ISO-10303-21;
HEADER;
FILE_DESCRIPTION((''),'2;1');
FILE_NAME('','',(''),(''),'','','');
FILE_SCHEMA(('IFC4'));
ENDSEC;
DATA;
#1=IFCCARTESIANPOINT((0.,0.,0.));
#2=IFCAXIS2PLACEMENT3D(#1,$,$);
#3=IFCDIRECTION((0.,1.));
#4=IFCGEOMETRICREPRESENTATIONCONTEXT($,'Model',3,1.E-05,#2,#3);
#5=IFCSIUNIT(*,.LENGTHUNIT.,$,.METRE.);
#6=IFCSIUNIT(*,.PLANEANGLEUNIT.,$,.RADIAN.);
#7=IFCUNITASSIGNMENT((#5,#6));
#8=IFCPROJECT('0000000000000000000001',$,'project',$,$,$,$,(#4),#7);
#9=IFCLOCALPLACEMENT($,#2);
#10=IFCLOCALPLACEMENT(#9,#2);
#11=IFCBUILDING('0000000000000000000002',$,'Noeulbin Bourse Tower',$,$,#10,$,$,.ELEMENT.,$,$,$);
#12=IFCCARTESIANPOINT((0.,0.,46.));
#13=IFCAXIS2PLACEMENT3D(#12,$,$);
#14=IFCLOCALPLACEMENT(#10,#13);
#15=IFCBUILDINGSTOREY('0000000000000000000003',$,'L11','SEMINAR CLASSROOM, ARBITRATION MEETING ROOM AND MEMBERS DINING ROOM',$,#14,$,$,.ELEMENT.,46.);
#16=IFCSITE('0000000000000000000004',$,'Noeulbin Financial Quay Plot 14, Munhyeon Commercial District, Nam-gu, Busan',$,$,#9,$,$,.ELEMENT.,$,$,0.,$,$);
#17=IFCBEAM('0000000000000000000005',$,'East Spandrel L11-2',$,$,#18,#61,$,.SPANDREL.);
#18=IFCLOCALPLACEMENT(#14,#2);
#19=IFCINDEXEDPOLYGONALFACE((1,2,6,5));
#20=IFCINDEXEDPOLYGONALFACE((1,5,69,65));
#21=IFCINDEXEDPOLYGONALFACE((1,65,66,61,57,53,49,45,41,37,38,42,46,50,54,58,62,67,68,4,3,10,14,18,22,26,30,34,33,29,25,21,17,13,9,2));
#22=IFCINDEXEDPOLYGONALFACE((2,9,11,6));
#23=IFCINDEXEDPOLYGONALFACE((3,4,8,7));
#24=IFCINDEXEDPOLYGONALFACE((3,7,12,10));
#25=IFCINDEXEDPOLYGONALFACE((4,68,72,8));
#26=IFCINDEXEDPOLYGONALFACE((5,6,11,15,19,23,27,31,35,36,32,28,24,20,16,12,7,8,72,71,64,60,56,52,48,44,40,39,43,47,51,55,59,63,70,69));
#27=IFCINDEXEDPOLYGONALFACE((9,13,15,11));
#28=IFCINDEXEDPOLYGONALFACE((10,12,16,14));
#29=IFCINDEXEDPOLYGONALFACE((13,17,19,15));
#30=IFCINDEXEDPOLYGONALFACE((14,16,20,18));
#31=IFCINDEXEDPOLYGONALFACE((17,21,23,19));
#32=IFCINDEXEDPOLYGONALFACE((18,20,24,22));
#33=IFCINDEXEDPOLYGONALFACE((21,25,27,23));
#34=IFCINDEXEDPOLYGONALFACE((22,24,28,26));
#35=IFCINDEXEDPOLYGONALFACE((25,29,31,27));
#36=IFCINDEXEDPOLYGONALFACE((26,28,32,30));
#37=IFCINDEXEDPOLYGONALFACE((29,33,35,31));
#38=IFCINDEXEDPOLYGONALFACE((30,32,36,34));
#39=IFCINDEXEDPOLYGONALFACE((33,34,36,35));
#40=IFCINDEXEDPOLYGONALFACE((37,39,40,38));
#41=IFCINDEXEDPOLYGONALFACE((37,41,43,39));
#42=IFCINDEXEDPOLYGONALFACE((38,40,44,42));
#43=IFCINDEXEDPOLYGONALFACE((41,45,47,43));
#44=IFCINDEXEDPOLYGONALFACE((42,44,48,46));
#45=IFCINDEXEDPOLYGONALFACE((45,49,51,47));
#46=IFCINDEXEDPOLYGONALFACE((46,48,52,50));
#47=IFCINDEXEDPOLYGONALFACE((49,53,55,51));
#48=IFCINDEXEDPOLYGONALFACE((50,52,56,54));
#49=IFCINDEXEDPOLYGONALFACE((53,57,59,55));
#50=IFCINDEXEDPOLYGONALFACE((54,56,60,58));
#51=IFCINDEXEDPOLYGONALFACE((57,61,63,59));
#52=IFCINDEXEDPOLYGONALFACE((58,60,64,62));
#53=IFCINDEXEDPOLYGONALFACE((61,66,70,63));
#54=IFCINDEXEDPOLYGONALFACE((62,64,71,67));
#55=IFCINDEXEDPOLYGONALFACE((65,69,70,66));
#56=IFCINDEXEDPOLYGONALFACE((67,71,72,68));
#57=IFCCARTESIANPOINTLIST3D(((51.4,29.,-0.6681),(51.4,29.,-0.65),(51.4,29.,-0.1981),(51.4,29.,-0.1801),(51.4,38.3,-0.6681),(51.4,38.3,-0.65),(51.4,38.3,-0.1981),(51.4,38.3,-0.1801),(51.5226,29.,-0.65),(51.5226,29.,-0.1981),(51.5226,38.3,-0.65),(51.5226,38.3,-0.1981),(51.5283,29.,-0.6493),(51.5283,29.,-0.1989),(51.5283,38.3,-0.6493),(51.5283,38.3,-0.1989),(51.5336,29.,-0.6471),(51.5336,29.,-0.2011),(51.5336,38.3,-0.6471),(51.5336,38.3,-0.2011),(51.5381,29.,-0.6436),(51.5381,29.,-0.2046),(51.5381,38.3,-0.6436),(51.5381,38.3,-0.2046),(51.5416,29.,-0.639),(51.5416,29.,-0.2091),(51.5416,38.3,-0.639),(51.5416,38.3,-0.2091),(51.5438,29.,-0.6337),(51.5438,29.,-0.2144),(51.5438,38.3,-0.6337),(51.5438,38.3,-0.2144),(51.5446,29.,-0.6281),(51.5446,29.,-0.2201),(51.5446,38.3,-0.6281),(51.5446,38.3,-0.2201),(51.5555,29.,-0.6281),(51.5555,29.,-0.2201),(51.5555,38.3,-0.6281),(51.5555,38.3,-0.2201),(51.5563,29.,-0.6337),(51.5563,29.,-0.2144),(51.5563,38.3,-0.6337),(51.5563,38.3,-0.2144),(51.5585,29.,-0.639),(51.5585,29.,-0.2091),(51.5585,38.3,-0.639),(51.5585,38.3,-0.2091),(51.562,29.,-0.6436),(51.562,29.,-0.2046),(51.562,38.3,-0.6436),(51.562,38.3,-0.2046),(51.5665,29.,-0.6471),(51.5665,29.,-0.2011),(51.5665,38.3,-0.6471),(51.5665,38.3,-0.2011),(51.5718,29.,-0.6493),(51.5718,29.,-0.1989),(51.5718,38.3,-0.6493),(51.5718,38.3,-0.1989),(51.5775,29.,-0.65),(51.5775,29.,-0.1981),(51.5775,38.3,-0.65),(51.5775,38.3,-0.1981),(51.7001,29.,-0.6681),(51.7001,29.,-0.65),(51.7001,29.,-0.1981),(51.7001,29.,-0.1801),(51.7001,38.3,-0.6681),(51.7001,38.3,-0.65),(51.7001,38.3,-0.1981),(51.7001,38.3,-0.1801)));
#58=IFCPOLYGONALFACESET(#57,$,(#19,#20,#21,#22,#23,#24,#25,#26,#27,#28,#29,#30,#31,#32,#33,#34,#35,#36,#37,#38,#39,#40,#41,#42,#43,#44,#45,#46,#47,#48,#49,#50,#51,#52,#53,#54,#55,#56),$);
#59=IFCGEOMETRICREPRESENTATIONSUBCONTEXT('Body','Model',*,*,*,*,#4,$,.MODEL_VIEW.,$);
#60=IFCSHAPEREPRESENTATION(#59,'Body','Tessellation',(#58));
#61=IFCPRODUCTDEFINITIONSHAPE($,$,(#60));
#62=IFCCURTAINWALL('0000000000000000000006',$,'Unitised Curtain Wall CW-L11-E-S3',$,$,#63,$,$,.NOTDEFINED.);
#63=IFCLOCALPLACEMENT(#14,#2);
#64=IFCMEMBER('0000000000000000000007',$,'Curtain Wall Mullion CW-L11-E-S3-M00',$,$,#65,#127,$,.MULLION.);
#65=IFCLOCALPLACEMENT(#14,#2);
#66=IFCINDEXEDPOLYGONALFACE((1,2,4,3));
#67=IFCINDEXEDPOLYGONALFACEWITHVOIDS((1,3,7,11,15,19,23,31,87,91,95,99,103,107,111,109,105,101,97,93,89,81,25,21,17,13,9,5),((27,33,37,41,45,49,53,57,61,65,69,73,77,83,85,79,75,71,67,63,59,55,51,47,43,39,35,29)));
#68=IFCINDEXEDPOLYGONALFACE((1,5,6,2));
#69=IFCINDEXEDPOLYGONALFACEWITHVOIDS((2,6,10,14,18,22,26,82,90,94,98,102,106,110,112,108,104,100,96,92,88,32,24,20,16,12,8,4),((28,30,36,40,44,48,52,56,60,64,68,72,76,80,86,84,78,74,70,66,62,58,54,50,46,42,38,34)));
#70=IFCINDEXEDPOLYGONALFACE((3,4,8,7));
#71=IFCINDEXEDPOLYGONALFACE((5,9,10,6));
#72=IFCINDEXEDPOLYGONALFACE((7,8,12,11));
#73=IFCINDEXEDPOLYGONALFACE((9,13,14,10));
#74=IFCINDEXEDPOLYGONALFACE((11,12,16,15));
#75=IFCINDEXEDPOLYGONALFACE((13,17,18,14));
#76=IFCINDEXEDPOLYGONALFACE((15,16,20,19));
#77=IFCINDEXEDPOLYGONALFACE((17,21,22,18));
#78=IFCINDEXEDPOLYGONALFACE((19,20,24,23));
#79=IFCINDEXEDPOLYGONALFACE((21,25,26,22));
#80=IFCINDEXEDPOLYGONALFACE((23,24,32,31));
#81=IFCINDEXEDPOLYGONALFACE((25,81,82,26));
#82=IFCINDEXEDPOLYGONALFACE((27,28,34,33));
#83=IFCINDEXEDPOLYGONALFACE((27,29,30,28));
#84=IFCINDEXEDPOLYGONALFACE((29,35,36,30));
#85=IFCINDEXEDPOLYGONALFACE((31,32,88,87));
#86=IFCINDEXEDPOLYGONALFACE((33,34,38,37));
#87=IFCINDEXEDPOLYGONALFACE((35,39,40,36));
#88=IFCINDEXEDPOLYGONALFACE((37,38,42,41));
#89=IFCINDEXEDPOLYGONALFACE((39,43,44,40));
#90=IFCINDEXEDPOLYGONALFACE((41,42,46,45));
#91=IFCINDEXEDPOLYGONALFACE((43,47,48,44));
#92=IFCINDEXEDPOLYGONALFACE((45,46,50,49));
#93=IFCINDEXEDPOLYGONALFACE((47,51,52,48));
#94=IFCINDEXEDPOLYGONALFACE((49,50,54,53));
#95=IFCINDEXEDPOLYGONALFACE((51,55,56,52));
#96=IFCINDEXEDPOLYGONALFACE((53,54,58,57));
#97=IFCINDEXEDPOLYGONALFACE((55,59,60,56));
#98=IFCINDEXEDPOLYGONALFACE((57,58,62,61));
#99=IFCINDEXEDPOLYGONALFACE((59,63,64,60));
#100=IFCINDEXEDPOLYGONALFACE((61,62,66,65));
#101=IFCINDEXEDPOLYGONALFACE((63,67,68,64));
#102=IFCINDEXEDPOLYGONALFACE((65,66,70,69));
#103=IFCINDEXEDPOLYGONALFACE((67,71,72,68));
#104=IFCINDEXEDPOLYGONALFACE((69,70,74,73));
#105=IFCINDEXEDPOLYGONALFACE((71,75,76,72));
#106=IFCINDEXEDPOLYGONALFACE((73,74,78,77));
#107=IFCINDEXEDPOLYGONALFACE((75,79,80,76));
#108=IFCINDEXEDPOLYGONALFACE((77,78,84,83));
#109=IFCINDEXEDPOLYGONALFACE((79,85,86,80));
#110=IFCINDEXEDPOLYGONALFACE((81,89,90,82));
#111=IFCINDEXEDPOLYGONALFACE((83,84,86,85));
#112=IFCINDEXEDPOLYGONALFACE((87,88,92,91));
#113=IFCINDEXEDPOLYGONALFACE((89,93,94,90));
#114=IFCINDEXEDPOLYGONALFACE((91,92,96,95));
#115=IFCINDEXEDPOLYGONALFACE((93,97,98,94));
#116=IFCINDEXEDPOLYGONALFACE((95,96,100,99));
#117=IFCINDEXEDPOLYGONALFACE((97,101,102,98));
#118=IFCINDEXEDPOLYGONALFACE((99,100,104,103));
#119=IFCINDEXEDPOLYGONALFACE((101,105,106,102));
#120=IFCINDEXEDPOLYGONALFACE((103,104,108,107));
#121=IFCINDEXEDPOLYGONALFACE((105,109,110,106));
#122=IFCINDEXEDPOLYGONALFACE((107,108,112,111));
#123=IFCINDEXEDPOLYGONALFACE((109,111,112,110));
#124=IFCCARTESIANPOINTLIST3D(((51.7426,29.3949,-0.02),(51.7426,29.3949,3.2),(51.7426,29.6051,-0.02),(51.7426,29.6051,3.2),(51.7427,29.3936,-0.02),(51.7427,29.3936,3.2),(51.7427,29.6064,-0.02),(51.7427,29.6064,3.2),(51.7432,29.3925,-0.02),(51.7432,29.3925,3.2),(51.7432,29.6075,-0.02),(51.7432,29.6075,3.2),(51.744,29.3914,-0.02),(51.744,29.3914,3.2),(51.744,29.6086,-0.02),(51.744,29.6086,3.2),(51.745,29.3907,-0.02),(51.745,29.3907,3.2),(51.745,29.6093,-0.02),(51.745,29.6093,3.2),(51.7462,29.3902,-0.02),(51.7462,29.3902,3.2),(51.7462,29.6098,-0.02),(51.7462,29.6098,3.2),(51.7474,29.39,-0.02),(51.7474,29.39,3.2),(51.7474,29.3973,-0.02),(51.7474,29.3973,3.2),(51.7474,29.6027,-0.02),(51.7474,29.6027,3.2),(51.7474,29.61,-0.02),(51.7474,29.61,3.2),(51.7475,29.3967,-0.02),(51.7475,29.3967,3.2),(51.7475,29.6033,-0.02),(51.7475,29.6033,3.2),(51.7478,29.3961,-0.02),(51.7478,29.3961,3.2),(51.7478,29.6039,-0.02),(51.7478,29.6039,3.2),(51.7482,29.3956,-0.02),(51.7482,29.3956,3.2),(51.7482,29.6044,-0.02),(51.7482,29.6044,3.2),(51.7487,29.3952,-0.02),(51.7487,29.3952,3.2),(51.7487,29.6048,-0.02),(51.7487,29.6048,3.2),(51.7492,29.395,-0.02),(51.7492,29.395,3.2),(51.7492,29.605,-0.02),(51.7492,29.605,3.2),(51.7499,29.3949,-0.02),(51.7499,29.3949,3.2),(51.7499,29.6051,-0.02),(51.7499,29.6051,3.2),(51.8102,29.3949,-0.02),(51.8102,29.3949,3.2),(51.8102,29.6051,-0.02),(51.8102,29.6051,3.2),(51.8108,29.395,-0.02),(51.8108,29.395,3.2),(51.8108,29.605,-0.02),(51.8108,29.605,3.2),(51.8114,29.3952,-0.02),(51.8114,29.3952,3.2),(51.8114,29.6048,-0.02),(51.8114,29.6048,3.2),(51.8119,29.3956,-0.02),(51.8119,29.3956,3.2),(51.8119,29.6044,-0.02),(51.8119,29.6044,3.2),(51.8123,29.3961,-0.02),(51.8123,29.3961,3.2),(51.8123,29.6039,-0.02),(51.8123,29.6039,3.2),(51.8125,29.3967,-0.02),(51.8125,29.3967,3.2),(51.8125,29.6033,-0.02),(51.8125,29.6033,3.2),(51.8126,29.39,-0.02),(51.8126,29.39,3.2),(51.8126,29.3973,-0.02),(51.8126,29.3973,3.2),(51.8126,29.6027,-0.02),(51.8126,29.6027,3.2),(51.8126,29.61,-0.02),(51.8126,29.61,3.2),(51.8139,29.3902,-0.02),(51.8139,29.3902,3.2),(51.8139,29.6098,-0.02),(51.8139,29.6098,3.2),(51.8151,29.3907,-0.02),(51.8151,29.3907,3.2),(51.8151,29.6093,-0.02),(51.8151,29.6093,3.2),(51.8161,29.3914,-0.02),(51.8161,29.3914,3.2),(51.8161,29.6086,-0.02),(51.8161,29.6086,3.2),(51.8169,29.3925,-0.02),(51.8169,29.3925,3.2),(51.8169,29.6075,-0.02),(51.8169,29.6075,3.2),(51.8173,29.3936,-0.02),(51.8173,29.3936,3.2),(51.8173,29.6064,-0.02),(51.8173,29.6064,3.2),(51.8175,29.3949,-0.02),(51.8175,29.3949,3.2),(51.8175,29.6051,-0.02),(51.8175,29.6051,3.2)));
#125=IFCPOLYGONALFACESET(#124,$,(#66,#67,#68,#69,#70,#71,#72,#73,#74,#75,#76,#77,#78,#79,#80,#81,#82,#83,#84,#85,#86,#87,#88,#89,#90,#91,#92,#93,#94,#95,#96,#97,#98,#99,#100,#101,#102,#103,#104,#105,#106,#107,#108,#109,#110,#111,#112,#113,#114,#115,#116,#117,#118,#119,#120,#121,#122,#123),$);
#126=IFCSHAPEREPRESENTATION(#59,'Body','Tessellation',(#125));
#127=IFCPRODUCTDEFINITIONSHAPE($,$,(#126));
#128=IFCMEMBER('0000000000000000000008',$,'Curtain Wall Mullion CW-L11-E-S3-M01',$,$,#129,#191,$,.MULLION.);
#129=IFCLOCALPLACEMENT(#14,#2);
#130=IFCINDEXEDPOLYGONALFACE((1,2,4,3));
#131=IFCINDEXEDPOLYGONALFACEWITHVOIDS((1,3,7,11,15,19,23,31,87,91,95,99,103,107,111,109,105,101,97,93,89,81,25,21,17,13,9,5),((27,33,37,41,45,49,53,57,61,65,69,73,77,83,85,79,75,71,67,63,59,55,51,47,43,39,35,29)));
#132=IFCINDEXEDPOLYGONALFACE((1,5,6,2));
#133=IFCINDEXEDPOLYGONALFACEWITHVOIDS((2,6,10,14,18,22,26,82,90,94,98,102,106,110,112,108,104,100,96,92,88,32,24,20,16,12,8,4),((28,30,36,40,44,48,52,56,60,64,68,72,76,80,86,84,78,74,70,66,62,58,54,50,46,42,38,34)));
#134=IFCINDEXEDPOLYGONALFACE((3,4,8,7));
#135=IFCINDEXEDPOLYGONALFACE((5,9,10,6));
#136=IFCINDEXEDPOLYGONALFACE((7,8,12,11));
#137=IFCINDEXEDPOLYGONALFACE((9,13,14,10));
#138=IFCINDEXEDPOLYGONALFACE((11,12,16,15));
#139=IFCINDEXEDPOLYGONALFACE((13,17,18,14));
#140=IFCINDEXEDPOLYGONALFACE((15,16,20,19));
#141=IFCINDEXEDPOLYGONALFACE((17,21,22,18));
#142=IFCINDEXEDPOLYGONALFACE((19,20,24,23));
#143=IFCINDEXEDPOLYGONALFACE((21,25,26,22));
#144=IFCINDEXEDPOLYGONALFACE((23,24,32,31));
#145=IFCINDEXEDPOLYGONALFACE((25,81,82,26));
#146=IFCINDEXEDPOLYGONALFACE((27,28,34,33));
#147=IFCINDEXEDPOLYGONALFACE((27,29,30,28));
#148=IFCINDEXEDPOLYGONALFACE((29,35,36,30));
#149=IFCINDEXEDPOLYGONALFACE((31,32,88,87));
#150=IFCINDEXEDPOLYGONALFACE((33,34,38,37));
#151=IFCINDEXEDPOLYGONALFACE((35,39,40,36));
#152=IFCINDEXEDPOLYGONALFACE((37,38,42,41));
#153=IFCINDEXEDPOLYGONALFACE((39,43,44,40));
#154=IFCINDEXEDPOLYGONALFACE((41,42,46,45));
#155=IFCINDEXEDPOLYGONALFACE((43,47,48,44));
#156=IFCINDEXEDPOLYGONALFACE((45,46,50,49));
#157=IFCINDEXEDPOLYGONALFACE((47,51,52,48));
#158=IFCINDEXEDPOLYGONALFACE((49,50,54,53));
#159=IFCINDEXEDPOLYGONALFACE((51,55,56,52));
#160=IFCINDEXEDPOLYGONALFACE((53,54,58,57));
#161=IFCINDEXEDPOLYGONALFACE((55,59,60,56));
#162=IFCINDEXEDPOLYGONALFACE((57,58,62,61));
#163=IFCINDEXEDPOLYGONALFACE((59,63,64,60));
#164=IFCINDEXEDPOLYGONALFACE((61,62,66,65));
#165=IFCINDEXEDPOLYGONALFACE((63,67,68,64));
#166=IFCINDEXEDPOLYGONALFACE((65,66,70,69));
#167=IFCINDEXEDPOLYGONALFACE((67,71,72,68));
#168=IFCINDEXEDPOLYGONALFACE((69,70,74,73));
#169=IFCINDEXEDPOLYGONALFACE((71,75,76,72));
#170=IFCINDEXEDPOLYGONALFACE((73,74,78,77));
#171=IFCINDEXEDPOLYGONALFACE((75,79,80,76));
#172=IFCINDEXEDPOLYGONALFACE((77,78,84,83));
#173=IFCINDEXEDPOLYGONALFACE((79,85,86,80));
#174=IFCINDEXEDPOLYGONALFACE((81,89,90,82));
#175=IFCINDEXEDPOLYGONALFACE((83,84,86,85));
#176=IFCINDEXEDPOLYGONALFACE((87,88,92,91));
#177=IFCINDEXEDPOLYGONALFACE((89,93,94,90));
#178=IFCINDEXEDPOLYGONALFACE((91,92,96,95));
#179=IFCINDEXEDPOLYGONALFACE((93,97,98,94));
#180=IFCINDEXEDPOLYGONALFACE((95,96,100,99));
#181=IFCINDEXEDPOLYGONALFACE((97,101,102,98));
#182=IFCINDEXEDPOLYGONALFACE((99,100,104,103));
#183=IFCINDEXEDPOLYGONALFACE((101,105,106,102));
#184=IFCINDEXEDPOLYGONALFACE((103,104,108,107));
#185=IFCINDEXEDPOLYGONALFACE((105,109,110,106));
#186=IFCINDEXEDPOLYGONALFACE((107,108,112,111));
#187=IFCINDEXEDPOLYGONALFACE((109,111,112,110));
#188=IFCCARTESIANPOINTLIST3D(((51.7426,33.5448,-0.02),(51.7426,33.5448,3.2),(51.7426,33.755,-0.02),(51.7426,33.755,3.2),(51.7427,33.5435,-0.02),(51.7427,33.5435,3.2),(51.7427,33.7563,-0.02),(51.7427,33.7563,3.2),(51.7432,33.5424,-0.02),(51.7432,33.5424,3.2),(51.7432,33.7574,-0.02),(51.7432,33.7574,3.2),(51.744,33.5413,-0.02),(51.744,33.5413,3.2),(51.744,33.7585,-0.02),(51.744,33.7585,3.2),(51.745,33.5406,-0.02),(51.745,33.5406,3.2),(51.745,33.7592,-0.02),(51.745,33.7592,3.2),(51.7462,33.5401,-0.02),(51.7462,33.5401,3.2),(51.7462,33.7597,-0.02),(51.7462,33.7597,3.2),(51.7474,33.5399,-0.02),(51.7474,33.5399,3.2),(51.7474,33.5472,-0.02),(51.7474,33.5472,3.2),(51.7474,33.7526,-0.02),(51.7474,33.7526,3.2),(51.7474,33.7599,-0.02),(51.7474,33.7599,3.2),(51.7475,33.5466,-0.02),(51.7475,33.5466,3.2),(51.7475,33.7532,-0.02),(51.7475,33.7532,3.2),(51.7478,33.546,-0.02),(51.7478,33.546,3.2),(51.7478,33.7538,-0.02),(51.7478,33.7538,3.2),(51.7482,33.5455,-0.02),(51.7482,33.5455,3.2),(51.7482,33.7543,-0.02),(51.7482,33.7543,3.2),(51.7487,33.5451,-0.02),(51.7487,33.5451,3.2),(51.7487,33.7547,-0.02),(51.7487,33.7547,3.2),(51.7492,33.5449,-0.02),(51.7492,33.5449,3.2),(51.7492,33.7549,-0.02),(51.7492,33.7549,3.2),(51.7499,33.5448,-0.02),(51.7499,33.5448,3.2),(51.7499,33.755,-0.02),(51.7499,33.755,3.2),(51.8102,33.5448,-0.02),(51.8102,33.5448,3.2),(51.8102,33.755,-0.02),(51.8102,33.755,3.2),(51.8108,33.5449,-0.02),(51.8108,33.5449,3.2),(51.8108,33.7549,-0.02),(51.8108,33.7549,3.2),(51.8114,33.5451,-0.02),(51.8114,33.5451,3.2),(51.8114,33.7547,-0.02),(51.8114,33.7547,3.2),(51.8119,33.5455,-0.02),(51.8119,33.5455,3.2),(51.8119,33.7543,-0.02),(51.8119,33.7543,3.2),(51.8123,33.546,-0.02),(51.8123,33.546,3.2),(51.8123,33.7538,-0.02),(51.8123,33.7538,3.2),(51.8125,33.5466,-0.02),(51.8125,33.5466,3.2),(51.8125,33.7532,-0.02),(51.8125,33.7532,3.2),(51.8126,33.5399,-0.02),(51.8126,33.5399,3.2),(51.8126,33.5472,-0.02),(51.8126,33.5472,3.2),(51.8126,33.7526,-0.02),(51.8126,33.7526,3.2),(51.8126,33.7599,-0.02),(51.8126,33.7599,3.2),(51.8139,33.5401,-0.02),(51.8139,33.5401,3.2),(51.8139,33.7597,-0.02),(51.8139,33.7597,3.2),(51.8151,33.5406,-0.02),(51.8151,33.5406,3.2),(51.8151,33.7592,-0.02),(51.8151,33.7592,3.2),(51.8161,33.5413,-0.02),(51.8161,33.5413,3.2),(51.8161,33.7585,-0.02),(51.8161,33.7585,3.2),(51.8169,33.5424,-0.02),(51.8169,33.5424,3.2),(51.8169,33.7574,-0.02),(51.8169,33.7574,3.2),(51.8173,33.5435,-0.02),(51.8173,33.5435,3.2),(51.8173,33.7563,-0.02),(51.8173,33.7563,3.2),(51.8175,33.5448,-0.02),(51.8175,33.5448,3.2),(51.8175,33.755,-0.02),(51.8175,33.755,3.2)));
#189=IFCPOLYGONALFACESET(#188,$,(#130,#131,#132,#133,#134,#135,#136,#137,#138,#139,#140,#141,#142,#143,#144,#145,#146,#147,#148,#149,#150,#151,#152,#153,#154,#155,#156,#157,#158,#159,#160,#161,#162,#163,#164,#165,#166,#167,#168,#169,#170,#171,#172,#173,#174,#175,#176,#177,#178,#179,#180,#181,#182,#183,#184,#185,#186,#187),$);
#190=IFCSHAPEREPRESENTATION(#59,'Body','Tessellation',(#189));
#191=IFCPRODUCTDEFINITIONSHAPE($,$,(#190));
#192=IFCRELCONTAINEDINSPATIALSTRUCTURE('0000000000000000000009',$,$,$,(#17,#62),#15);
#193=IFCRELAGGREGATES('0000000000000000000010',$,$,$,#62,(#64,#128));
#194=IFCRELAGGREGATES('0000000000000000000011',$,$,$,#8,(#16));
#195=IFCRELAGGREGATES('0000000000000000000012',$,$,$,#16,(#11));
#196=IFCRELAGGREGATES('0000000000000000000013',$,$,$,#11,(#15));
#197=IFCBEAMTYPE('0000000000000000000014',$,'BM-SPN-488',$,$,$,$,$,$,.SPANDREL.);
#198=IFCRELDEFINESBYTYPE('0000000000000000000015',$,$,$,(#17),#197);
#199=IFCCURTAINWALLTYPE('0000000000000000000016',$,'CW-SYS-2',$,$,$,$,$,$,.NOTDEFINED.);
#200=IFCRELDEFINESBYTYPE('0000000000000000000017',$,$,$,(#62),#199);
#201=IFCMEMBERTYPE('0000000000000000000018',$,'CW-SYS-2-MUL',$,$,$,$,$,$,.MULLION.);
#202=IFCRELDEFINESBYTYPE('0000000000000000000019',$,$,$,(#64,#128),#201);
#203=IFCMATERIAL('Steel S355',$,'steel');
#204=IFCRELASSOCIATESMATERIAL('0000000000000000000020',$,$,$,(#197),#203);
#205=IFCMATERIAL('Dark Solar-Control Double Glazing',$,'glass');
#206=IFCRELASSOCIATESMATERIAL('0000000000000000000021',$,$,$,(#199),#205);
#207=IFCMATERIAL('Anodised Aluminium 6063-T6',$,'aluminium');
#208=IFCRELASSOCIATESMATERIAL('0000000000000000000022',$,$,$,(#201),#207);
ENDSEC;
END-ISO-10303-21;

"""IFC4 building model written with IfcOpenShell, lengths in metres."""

from ifc_helpers import new_model, si_unit, direction, frame, origin, origin_2d, place, context, subcontext, project, spatial, hollow_rectangle, i_section, extrude, material, material_profile, profile_set, type_object, element, aggregate, save


model = new_model("IFC4")

# Units and contexts
model_context = context("Model", 3, precision=1e-05, world=origin(), true_north=direction((0.0, 1.0)))
body_context = subcontext(model_context, "Body", "Model", "MODEL_VIEW")
ifc_project = project(units=[si_unit("LENGTHUNIT", "METRE"), si_unit("PLANEANGLEUNIT", "RADIAN")], contexts=[model_context])

# Site, building, storey
site_placement = place(None, origin())
site = spatial("IfcSite", under=ifc_project, at=site_placement, Name="Noeulbin Financial Quay Plot 14, Munhyeon Commercial District, Nam-gu, Busan", CompositionType="ELEMENT", RefElevation=0.0)
building_placement = place(site_placement, origin())
building = spatial("IfcBuilding", under=site, at=building_placement, Name="Noeulbin Bourse Tower", CompositionType="ELEMENT")
storey_placement = place(building_placement, frame((0.0, 0.0, 46.0)))
storey = spatial("IfcBuildingStorey", under=building, at=storey_placement, Name="L11", Description="SEMINAR CLASSROOM, ARBITRATION MEETING ROOM AND MEMBERS DINING ROOM", CompositionType="ELEMENT", Elevation=46.0)

# Beam
ifc_material_1 = material(Name="Steel S355", Category="steel")
ifc_material_profile_1 = material_profile(ifc_material_1, i_section(OverallWidth=0.3, OverallDepth=0.488, WebThickness=0.011, FlangeThickness=0.0181, FilletRadius=0.022, at=origin_2d()), Name="H-488x300x11x18", Category="LoadBearing")
ifc_profile_set_1 = profile_set([ifc_material_profile_1], Name="Steel S355")
beam_type_1 = type_object("IfcBeamType", Name="BM-SPN-488", PredefinedType="SPANDREL", material=ifc_profile_set_1)
beam_1_placement = place(storey_placement, frame((51.55, 29.0, -0.4241), z_axis=(0.0, 1.0, 0.0), x_axis=(-1.0, 0.0, 0.0)))
element("IfcBeam", 1, at=beam_1_placement, inside=storey, type_object=beam_type_1, Name="East Spandrel L11-2", PredefinedType="SPANDREL", context=body_context, shape_type="SweptSolid", body=[
    extrude(i_section(OverallWidth=0.3, OverallDepth=0.488, WebThickness=0.011, FlangeThickness=0.0181, FilletRadius=0.022, at=origin_2d()), origin(), (0.0, 0.0, 1.0), 9.3),
])

# Curtain wall, members
ifc_material_2 = material(Name="Dark Solar-Control Double Glazing", Category="glass")
curtain_wall_type = type_object("IfcCurtainWallType", Name="CW-SYS-2", PredefinedType="NOTDEFINED", material=ifc_material_2)
curtain_wall_placement = place(storey_placement, origin())
curtain_wall = element("IfcCurtainWall", 2, at=curtain_wall_placement, inside=storey, type_object=curtain_wall_type, Name="Unitised Curtain Wall CW-L11-E-S3", PredefinedType="NOTDEFINED")
ifc_material_3 = material(Name="Anodised Aluminium 6063-T6", Category="aluminium")
ifc_material_profile_2 = material_profile(ifc_material_3, hollow_rectangle(XDim=0.075, YDim=0.22, WallThickness=0.0049, InnerFilletRadius=0.0024, OuterFilletRadius=0.0049, at=origin_2d()), Name="ALU-MULL-75x220x5", Category="LoadBearing")
ifc_profile_set_2 = profile_set([ifc_material_profile_2], Name="Anodised Aluminium 6063-T6")
member_type_1 = type_object("IfcMemberType", Name="CW-SYS-2-MUL", PredefinedType="MULLION", material=ifc_profile_set_2)
member_1_placement = place(storey_placement, frame((51.78, 29.5, -0.02), z_axis=(0.0, 0.0, 1.0), x_axis=(1.0, 0.0, 0.0)))
member_1 = element("IfcMember", 3, at=member_1_placement, type_object=member_type_1, Name="Curtain Wall Mullion CW-L11-E-S3-M00", PredefinedType="MULLION", context=body_context, shape_type="SweptSolid", body=[
    extrude(hollow_rectangle(XDim=0.075, YDim=0.22, WallThickness=0.0049, InnerFilletRadius=0.0024, OuterFilletRadius=0.0049, at=origin_2d()), origin(), (0.0, 0.0, 1.0), 3.22),
])
member_2_placement = place(storey_placement, frame((51.78, 33.6499, -0.02), z_axis=(0.0, 0.0, 1.0), x_axis=(1.0, 0.0, 0.0)))
member_2 = element("IfcMember", 4, at=member_2_placement, type_object=member_type_1, Name="Curtain Wall Mullion CW-L11-E-S3-M01", PredefinedType="MULLION", context=body_context, shape_type="SweptSolid", body=[
    extrude(hollow_rectangle(XDim=0.075, YDim=0.22, WallThickness=0.0049, InnerFilletRadius=0.0024, OuterFilletRadius=0.0049, at=origin_2d()), origin(), (0.0, 0.0, 1.0), 3.22),
])
aggregate(curtain_wall, [member_1, member_2])

save(model, "model.ifc")
